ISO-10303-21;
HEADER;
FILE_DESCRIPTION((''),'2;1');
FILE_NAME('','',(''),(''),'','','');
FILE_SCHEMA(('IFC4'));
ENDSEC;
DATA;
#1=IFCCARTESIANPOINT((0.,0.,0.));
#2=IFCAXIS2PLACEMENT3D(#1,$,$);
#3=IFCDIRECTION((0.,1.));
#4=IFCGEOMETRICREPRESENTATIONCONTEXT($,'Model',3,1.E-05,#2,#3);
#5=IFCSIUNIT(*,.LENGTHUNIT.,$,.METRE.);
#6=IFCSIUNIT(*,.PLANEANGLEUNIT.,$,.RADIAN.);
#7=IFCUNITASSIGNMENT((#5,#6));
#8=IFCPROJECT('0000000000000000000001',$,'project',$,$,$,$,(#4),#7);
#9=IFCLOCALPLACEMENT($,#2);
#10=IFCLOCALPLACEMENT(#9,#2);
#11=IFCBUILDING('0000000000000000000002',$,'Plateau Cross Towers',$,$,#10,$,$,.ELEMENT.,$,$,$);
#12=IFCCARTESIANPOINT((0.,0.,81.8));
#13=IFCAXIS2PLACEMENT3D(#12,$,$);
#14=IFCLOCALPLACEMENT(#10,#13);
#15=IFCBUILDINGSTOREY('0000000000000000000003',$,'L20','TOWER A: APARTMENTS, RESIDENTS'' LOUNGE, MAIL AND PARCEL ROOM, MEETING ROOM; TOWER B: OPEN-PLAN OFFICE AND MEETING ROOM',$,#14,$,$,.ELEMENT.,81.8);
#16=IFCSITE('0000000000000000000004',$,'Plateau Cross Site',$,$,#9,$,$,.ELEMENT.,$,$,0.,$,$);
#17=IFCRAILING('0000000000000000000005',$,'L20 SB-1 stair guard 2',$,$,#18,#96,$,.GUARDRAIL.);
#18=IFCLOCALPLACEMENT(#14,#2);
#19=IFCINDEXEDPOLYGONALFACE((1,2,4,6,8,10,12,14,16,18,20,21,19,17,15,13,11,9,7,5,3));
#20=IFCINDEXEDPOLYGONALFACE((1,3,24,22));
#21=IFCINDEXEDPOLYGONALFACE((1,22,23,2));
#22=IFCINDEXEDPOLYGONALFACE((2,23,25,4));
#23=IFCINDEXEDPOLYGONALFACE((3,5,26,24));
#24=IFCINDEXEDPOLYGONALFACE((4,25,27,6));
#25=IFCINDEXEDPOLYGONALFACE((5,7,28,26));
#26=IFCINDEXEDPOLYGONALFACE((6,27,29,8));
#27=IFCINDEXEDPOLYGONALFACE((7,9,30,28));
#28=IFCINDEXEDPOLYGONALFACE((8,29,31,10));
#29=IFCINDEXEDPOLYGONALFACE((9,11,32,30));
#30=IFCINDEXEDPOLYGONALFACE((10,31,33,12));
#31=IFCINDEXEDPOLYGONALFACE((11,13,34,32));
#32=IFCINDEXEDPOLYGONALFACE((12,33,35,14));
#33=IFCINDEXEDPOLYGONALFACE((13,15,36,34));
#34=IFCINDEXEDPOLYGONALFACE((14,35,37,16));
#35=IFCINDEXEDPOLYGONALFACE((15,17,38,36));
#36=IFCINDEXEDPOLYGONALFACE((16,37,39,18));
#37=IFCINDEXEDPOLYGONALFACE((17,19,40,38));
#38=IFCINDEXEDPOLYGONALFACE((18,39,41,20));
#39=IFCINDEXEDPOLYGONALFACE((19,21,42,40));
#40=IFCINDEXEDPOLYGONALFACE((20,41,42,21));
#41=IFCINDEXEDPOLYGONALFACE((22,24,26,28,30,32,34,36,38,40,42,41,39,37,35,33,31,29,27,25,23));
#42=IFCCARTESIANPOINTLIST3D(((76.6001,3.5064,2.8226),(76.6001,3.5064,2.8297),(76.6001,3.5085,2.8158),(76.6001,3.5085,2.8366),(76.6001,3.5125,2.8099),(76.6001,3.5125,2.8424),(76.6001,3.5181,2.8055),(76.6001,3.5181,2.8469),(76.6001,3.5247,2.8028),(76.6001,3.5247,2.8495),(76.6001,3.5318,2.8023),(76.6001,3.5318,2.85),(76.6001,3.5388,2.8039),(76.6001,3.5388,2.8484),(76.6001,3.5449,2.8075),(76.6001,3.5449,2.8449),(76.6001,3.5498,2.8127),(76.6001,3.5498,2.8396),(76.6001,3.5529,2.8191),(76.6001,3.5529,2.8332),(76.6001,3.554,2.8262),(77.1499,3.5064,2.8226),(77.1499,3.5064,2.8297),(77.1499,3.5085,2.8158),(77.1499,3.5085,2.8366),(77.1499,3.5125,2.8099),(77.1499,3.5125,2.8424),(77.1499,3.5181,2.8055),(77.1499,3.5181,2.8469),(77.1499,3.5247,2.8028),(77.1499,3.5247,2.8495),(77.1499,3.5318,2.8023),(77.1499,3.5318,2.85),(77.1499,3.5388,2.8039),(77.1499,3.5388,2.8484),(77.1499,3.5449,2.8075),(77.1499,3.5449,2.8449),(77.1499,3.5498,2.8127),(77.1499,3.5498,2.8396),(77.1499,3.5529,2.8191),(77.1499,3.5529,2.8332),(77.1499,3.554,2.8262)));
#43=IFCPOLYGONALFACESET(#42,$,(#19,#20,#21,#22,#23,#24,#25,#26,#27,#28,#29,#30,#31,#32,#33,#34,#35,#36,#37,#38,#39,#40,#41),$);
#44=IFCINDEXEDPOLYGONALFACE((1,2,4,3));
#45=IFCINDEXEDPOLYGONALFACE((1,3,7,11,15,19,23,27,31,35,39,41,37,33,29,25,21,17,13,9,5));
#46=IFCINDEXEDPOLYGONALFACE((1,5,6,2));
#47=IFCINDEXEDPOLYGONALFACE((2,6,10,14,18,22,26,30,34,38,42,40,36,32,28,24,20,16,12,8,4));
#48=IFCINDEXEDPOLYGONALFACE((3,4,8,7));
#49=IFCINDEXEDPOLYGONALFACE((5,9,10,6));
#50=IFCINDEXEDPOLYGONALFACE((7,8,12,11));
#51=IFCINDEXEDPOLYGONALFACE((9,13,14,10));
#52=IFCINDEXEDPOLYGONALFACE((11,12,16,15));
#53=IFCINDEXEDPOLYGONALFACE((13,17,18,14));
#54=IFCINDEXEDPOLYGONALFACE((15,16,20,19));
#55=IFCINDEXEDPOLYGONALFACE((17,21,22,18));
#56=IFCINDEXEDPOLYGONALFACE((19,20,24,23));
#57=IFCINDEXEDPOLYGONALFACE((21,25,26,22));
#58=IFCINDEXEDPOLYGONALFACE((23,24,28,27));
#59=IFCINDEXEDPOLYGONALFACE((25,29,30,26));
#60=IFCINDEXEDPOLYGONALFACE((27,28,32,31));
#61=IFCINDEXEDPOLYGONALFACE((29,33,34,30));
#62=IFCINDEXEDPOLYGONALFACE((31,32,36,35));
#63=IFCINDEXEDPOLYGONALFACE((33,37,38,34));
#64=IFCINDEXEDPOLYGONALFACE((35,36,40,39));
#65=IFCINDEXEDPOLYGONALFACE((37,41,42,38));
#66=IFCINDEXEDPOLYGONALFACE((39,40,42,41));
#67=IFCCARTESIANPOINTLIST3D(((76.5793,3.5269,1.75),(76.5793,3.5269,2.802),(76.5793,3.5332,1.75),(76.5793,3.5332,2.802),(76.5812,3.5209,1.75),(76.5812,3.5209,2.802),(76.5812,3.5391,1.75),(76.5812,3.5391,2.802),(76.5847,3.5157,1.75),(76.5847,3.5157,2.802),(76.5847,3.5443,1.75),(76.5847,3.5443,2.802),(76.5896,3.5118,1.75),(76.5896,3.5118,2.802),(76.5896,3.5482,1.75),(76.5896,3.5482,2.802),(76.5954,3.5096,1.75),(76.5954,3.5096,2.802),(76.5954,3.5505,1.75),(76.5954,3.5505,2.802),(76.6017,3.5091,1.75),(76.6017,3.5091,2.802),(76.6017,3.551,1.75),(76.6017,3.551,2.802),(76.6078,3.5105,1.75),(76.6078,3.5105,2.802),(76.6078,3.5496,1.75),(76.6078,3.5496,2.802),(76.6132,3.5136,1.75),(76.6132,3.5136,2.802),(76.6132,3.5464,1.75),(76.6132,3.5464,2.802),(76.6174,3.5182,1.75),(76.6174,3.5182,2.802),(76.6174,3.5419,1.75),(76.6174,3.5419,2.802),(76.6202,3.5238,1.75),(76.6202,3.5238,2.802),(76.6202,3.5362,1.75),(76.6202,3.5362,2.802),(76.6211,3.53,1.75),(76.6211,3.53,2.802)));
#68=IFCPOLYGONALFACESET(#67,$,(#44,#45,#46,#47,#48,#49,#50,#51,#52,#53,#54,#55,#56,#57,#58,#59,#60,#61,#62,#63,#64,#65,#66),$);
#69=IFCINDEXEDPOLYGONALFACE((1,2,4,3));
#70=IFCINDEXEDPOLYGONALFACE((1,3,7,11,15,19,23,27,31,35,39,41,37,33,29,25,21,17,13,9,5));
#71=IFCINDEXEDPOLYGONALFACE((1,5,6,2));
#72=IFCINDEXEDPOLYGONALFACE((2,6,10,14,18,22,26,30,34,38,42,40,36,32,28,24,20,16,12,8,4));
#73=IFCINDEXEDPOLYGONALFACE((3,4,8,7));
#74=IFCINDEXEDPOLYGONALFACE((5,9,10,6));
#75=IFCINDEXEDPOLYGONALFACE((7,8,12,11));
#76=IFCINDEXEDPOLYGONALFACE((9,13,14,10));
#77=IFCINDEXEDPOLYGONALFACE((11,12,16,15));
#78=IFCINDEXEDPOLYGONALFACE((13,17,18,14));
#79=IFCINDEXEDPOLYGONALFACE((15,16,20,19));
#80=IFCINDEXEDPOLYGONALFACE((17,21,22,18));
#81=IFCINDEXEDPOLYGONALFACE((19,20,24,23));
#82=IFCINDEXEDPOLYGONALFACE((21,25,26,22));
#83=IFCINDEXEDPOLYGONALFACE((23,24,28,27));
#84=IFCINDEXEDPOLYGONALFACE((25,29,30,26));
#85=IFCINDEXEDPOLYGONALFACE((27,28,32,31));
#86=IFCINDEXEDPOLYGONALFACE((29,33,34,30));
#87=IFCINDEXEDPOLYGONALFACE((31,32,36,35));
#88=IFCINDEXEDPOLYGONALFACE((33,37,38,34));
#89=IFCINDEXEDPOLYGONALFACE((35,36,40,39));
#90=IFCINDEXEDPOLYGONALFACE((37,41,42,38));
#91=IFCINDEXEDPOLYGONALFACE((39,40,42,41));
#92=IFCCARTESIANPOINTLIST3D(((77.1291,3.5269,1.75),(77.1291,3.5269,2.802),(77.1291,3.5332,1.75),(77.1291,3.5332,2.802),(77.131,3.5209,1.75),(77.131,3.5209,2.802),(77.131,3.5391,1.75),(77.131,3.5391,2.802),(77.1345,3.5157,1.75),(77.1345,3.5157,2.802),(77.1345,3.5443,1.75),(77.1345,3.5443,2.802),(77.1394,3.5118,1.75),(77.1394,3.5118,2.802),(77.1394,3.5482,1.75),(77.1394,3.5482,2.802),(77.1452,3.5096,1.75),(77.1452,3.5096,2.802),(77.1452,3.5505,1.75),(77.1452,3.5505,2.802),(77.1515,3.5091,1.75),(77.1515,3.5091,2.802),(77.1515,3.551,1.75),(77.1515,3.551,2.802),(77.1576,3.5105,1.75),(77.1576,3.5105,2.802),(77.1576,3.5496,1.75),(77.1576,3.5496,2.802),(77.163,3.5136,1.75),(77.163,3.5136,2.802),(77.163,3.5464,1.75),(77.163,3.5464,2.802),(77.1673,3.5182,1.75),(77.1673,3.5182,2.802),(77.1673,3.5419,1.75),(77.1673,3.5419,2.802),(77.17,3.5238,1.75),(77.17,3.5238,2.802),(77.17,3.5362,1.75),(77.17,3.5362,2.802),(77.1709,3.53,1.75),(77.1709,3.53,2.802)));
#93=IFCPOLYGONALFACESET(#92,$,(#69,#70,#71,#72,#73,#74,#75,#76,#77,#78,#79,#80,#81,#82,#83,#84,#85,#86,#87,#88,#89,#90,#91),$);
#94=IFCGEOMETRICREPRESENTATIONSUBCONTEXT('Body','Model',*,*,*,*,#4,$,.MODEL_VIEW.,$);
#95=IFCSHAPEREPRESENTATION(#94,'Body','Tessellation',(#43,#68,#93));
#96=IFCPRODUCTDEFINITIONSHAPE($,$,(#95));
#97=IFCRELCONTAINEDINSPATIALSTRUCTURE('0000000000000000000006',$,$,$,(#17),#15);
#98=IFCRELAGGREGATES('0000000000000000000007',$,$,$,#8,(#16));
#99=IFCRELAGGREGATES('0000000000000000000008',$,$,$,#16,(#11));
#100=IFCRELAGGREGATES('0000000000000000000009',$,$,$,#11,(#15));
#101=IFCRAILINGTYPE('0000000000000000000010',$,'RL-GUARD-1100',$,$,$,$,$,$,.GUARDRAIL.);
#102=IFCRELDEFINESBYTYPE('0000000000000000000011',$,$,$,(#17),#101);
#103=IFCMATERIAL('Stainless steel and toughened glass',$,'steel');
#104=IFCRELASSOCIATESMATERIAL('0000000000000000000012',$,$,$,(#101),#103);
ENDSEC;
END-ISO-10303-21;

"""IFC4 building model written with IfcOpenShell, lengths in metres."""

from ifc_helpers import new_model, si_unit, direction, frame, origin, origin_2d, place, context, subcontext, project, spatial, circle, extrude, material, type_object, element, save


model = new_model("IFC4")

# Units and contexts
model_context = context("Model", 3, precision=1e-05, world=origin(), true_north=direction((0.0, 1.0)))
body_context = subcontext(model_context, "Body", "Model", "MODEL_VIEW")
ifc_project = project(units=[si_unit("LENGTHUNIT", "METRE"), si_unit("PLANEANGLEUNIT", "RADIAN")], contexts=[model_context])

# Site, building, storey
site_placement = place(None, origin())
site = spatial("IfcSite", under=ifc_project, at=site_placement, Name="Plateau Cross Site", CompositionType="ELEMENT", RefElevation=0.0)
building_placement = place(site_placement, origin())
building = spatial("IfcBuilding", under=site, at=building_placement, Name="Plateau Cross Towers", CompositionType="ELEMENT")
storey_placement = place(building_placement, frame((0.0, 0.0, 81.8)))
storey = spatial("IfcBuildingStorey", under=building, at=storey_placement, Name="L20", Description="TOWER A: APARTMENTS, RESIDENTS' LOUNGE, MAIL AND PARCEL ROOM, MEETING ROOM; TOWER B: OPEN-PLAN OFFICE AND MEETING ROOM", CompositionType="ELEMENT", Elevation=81.8)

# Railing
ifc_material_1 = material(Name="Stainless steel and toughened glass", Category="steel")
railing_type_1 = type_object("IfcRailingType", Name="RL-GUARD-1100", PredefinedType="GUARDRAIL", material=ifc_material_1)
railing_1_placement = place(storey_placement, frame((76.6001, 3.53, 1.75)))
element("IfcRailing", 1, at=railing_1_placement, inside=storey, type_object=railing_type_1, Name="L20 SB-1 stair guard 2", PredefinedType="GUARDRAIL", context=body_context, shape_type="SweptSolid", body=[
    extrude(circle(Radius=0.0239, at=origin_2d()), frame((0.0, 0.0, 1.0762), z_axis=(1.0, 0.0, 0.0), x_axis=(0.0, 1.0, 0.0)), (0.0, 0.0, 1.0), 0.5498),
    extrude(circle(Radius=0.021, at=origin_2d()), origin(), (0.0, 0.0, 1.0), 1.052),
    extrude(circle(Radius=0.021, at=origin_2d()), frame((0.5498, 0.0, 0.0)), (0.0, 0.0, 1.0), 1.052),
])

save(model, "model.ifc")
